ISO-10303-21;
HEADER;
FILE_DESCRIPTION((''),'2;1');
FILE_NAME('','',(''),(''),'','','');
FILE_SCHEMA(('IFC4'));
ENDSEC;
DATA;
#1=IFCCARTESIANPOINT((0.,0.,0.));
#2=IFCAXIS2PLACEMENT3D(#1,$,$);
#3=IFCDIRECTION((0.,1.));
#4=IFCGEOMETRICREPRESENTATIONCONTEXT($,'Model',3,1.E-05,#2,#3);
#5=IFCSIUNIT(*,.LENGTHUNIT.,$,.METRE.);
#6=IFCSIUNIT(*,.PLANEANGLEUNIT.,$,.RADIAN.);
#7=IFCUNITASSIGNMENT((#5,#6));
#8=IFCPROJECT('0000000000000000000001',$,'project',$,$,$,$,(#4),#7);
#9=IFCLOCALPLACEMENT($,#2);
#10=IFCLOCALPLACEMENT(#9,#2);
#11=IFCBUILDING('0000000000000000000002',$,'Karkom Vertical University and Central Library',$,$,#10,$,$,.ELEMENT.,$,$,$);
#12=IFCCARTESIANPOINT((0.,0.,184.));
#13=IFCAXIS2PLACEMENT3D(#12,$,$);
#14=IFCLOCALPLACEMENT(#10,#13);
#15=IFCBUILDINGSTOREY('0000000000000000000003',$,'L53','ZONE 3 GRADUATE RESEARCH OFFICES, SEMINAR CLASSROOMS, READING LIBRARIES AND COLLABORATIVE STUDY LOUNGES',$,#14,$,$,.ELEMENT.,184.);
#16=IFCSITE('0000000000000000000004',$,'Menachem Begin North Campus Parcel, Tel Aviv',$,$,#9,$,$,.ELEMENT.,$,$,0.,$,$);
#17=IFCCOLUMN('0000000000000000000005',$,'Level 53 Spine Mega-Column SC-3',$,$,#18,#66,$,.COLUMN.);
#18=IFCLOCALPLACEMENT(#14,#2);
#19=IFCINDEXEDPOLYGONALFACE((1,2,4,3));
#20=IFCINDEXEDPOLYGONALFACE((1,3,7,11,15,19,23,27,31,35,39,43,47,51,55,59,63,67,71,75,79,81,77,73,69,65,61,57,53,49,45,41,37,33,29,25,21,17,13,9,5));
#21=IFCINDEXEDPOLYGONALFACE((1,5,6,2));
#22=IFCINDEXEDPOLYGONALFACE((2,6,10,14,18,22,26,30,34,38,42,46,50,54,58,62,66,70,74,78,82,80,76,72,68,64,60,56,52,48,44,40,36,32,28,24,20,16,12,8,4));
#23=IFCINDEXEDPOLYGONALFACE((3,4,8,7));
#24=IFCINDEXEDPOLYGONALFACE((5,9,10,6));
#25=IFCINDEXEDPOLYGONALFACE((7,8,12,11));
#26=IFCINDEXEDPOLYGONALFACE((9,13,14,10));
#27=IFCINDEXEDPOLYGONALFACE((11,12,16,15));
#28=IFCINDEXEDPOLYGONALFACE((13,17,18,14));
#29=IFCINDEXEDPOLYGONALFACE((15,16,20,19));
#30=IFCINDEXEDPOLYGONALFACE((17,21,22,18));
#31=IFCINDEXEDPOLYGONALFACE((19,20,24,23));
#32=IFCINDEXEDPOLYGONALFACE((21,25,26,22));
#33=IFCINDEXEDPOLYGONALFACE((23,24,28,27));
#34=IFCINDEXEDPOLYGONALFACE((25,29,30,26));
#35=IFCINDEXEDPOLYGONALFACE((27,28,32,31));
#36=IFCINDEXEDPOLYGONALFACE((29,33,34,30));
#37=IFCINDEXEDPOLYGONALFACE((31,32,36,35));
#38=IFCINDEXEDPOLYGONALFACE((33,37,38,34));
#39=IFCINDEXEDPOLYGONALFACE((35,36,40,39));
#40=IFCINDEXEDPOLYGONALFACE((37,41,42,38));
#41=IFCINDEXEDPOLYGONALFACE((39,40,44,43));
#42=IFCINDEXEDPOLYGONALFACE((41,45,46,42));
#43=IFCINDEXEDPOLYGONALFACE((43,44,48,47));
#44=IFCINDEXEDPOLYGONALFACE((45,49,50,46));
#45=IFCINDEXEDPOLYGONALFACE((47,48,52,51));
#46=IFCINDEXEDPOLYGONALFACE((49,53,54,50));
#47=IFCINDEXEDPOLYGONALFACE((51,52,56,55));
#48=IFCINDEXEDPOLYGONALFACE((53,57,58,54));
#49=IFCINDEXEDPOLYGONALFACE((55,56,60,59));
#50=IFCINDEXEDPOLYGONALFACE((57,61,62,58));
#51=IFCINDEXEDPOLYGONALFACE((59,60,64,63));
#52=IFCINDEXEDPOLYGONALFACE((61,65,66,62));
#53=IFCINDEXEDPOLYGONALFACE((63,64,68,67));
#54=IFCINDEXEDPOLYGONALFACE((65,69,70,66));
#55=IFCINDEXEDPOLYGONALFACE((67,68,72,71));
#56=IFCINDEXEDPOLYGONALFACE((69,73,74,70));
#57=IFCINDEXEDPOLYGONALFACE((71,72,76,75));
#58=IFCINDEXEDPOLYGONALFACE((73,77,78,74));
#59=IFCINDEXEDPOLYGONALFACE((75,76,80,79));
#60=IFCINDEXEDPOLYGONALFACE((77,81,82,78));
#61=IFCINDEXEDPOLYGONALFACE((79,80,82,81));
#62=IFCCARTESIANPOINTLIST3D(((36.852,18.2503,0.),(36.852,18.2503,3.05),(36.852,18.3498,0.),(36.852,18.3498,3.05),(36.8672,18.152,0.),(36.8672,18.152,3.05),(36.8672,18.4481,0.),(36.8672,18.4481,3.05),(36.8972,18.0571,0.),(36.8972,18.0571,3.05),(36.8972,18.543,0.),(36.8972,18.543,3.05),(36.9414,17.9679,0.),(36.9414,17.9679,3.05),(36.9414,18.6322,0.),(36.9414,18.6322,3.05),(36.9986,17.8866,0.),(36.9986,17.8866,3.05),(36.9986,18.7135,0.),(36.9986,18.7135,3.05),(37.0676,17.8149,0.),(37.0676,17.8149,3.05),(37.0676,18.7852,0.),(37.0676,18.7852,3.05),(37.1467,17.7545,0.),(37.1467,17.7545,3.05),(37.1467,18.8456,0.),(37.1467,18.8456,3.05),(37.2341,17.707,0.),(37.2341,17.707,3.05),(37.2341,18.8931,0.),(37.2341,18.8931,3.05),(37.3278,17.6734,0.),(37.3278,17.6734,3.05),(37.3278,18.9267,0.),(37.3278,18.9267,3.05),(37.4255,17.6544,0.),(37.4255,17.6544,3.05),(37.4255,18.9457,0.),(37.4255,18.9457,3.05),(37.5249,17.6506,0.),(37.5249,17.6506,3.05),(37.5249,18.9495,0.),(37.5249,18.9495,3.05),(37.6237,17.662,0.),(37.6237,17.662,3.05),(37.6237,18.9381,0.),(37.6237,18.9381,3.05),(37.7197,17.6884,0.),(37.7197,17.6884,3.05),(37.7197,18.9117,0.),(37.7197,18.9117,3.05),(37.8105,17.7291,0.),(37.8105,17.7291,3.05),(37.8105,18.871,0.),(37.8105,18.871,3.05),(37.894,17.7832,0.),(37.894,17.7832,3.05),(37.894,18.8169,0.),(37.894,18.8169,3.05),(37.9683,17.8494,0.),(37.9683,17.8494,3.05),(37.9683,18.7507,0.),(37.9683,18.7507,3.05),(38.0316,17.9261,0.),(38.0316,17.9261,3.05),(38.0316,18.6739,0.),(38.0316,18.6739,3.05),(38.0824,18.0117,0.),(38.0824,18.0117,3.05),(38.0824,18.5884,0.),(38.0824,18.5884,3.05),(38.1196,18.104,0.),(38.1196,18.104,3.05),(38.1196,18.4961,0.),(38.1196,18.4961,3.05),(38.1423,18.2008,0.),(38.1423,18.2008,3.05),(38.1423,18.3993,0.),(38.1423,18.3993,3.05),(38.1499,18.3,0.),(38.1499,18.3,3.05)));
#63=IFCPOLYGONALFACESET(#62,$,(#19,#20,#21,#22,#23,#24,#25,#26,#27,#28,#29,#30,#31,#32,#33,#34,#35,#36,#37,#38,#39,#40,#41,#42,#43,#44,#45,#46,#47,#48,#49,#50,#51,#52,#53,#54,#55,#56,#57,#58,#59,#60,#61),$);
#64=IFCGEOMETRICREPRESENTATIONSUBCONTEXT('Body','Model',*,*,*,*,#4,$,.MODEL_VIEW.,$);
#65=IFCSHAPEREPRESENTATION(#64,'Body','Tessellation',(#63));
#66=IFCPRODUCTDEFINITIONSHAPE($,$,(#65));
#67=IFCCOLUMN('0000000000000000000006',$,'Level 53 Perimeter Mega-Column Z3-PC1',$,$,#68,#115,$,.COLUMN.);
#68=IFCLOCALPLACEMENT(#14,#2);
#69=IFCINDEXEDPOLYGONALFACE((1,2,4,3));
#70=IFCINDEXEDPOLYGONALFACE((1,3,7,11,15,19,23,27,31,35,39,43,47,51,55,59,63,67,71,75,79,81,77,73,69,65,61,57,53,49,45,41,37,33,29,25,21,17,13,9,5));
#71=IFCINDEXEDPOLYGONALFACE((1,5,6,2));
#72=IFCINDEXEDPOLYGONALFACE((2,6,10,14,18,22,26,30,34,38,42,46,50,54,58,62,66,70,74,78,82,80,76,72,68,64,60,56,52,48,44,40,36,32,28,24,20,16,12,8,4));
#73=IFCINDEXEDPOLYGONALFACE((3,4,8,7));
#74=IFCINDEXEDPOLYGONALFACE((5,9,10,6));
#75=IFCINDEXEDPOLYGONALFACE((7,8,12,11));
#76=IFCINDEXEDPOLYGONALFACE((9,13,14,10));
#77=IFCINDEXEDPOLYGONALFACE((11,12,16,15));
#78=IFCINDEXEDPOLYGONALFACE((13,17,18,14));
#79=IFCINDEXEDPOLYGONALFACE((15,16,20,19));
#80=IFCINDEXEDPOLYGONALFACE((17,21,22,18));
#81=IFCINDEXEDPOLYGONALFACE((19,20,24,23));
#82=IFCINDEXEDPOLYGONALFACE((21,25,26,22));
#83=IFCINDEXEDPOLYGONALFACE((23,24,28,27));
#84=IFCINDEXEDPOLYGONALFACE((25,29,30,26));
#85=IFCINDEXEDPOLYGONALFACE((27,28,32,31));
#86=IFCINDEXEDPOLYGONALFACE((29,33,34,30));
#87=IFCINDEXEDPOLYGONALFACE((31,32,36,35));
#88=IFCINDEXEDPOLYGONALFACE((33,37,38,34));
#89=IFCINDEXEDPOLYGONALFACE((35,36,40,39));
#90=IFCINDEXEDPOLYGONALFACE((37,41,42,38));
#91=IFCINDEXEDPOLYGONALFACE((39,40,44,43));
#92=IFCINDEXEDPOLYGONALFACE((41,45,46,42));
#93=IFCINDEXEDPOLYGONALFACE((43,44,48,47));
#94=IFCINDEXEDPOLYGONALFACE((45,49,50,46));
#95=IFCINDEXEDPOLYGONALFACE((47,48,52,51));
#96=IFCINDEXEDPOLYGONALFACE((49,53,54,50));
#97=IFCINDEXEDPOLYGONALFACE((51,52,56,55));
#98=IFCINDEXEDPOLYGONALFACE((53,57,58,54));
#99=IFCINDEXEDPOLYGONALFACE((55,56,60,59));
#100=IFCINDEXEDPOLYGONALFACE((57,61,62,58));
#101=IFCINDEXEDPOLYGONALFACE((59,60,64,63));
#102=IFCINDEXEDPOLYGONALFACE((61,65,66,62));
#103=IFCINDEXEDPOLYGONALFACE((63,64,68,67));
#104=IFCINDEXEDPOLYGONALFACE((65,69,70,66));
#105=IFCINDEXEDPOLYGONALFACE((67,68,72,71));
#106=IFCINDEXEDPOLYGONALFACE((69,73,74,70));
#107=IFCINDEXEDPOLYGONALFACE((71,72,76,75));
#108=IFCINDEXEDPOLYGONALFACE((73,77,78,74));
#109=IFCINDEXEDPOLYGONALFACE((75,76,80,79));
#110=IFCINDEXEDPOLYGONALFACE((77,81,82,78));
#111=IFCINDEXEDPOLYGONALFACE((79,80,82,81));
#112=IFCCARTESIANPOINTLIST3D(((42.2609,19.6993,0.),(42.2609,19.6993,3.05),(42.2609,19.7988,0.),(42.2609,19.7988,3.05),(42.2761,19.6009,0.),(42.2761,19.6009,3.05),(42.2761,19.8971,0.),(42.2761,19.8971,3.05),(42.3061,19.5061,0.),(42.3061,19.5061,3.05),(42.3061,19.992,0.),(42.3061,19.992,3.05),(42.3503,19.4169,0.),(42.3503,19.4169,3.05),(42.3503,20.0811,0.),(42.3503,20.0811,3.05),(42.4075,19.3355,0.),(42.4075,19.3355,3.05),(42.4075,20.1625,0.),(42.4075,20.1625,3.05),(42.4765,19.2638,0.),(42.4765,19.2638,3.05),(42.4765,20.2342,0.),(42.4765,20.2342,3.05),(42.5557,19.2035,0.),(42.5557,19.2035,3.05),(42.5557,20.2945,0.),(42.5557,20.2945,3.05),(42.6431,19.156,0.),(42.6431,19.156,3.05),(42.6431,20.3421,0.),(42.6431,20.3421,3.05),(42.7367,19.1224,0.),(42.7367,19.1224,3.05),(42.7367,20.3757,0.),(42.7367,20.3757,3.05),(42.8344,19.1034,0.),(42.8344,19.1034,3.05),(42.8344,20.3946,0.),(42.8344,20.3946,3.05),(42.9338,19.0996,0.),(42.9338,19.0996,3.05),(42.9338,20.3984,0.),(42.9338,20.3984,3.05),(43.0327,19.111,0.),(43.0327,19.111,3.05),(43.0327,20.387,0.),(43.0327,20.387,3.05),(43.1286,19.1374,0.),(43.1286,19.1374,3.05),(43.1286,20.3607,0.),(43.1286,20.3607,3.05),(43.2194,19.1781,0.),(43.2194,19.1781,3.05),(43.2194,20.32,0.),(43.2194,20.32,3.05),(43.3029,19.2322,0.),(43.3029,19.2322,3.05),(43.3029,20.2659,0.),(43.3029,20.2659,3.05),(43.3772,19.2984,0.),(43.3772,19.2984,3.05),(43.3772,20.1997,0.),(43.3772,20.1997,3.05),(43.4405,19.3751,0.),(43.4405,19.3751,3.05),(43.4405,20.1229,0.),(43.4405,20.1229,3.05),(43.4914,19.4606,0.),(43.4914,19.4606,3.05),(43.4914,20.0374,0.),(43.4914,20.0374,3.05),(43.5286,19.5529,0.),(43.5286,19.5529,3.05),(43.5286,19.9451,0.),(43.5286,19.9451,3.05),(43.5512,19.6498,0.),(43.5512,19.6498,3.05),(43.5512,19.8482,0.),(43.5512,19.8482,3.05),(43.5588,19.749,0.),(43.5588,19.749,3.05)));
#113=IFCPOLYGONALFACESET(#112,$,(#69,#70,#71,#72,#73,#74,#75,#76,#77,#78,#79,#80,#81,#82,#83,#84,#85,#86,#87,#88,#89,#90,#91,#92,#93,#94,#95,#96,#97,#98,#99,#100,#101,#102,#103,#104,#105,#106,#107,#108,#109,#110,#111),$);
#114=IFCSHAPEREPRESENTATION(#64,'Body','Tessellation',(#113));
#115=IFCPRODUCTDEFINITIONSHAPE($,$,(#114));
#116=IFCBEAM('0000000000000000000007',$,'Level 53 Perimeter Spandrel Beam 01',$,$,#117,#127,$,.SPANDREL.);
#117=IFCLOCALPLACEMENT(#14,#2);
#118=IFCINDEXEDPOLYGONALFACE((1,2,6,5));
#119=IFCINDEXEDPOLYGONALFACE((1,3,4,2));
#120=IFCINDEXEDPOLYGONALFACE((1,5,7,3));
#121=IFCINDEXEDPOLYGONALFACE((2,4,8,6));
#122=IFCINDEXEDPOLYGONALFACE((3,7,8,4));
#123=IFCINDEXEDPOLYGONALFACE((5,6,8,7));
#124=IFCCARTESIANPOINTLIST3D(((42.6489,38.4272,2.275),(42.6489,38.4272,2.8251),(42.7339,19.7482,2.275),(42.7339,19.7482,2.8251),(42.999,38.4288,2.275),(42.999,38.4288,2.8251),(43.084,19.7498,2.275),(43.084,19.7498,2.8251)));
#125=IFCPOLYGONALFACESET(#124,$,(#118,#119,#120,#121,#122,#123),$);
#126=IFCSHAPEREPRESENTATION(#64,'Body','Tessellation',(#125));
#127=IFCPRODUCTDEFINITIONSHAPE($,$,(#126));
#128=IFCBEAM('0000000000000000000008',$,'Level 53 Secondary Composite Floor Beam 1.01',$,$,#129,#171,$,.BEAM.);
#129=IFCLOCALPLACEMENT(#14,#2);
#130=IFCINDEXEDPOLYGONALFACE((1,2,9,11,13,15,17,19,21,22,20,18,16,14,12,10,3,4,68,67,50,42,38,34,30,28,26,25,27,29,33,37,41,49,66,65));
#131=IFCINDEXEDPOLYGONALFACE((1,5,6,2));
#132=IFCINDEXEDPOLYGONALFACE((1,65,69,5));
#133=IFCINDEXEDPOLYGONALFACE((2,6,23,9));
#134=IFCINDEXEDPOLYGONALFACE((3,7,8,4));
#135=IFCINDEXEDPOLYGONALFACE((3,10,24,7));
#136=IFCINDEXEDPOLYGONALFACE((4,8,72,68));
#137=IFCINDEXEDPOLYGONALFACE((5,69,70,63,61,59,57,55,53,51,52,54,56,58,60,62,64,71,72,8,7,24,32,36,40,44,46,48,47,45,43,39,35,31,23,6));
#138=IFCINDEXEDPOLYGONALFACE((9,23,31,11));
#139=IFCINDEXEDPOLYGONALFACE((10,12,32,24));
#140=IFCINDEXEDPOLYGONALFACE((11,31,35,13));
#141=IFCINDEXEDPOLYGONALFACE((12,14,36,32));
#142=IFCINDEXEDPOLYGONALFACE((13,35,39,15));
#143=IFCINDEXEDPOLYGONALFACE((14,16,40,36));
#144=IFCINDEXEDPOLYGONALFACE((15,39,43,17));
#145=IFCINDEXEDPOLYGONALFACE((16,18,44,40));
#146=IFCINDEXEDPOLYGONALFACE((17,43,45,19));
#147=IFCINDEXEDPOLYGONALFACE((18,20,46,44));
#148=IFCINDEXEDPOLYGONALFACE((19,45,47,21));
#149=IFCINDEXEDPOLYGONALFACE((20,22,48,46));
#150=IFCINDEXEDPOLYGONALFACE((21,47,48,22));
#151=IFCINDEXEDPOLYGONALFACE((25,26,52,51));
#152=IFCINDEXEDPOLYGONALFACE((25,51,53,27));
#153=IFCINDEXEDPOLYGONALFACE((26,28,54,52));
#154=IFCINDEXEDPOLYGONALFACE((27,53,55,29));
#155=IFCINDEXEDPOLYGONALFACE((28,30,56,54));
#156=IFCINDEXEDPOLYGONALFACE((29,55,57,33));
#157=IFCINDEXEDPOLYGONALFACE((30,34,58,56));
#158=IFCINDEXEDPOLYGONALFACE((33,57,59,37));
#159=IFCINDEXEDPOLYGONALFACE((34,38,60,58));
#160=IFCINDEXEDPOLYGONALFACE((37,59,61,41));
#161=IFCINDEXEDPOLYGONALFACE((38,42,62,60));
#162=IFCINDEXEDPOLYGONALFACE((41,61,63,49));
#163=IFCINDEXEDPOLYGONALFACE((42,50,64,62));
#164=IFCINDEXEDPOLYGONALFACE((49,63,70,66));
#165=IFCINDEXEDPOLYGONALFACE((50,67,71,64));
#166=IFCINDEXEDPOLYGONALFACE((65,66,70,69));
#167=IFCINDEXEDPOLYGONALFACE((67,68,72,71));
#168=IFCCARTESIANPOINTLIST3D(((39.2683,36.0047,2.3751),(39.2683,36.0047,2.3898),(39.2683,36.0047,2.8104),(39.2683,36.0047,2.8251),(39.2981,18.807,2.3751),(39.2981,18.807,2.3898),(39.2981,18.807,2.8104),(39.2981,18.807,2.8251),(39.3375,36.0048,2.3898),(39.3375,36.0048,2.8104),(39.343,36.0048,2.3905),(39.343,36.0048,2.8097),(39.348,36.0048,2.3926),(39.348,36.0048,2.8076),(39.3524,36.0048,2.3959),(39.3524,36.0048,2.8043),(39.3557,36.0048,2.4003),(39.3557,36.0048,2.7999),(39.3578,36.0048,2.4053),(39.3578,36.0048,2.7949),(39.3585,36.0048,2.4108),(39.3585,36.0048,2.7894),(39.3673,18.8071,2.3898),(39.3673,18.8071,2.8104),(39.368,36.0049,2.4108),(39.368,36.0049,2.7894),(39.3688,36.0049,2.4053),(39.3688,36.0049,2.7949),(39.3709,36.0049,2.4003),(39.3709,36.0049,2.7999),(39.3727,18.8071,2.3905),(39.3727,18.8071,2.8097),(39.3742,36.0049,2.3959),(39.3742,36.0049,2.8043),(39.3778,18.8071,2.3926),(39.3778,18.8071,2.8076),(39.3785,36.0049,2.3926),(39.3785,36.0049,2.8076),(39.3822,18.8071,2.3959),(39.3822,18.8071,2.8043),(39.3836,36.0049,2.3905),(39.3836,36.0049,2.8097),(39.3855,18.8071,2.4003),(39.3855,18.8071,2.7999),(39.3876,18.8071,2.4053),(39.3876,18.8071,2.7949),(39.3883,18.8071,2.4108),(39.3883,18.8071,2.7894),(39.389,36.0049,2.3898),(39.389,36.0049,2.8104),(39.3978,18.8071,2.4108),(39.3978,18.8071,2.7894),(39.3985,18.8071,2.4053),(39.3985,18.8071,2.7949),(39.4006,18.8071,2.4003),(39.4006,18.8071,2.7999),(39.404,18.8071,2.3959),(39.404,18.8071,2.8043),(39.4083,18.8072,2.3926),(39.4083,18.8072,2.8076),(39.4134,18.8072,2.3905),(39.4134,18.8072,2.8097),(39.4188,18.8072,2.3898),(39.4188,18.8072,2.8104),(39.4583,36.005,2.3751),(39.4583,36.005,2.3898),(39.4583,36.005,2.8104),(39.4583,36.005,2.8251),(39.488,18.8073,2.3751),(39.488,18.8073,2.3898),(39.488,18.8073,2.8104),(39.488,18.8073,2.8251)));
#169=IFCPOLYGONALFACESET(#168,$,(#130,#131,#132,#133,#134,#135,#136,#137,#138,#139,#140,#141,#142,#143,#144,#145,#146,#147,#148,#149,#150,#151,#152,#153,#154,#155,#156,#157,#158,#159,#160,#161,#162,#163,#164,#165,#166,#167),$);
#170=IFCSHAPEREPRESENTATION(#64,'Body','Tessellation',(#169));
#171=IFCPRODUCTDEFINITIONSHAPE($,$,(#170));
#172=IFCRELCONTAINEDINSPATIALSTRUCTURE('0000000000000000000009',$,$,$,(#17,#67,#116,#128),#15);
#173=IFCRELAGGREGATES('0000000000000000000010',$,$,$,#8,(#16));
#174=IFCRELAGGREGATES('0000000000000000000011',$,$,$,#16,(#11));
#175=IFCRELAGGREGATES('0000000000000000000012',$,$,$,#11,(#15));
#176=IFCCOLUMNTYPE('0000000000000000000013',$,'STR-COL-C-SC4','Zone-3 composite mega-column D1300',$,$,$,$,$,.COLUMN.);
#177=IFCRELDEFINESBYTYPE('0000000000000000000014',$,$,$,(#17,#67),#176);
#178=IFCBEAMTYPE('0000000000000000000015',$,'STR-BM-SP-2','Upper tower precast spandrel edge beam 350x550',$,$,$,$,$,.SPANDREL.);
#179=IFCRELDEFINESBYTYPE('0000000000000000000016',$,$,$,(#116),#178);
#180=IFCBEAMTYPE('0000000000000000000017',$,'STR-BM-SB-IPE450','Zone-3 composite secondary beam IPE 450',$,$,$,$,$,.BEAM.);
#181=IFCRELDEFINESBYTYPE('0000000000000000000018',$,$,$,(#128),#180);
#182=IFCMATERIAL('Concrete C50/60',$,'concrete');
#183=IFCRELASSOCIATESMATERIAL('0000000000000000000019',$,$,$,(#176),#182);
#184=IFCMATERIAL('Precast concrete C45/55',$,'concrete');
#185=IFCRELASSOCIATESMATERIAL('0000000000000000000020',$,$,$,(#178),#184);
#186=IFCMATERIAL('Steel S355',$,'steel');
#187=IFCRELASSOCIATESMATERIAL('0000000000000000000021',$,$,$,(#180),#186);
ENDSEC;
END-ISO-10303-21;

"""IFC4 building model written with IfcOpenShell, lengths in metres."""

from ifc_helpers import new_model, si_unit, direction, frame, origin, origin_with_axes, origin_2d, place, context, subcontext, project, spatial, rectangle, circle, i_section, extrude, source, transform, mapped, material, material_profile, profile_set, type_object, element, save


model = new_model("IFC4")

# Units and contexts
model_context = context("Model", 3, precision=1e-05, world=origin(), true_north=direction((0.0, 1.0)))
body_context = subcontext(model_context, "Body", "Model", "MODEL_VIEW")
ifc_project = project(units=[si_unit("LENGTHUNIT", "METRE"), si_unit("PLANEANGLEUNIT", "RADIAN")], contexts=[model_context])

# Site, building, storey
site_placement = place(None, origin())
site = spatial("IfcSite", under=ifc_project, at=site_placement, Name="Menachem Begin North Campus Parcel, Tel Aviv", CompositionType="ELEMENT", RefElevation=0.0)
building_placement = place(site_placement, origin())
building = spatial("IfcBuilding", under=site, at=building_placement, Name="Karkom Vertical University and Central Library", CompositionType="ELEMENT")
storey_placement = place(building_placement, frame((0.0, 0.0, 184.0)))
storey = spatial("IfcBuildingStorey", under=building, at=storey_placement, Name="L53", Description="ZONE 3 GRADUATE RESEARCH OFFICES, SEMINAR CLASSROOMS, READING LIBRARIES AND COLLABORATIVE STUDY LOUNGES", CompositionType="ELEMENT", Elevation=184.0)

# Columns
ifc_material_1 = material(Name="Concrete C50/60", Category="concrete")
ifc_material_profile_1 = material_profile(ifc_material_1, circle(Radius=0.6499, at=origin_2d()), Name="CFT-D1300")
ifc_profile_set_1 = profile_set([ifc_material_profile_1], Name="Concrete C50/60")
column_type = type_object("IfcColumnType", Name="STR-COL-C-SC4", Description="Zone-3 composite mega-column D1300", PredefinedType="COLUMN", material=ifc_profile_set_1)
shared_shape_1 = source(origin_with_axes(), body_context, "Body", "SweptSolid", [
    extrude(circle(Radius=0.6499, at=origin_2d()), origin(), (0.0, 0.0, 1.0), 3.05),
])
for number, where, z_axis, x_axis, name in (
    (1, (37.5, 18.3, 0.0), (0.0, 0.0, 1.0), (1.0, 0.0, 0.0), "Level 53 Spine Mega-Column SC-3"),
    (2, (42.9089, 19.749, 0.0), (0.0, 0.0, 1.0), (1.0, 0.0, 0.0), "Level 53 Perimeter Mega-Column Z3-PC1"),
):
    element("IfcColumn", number, at=place(storey_placement, frame(where, z_axis=z_axis, x_axis=x_axis)), inside=storey, type_object=column_type, Name=name, PredefinedType="COLUMN", context=body_context, shape_type="MappedRepresentation", body=[
        mapped(shared_shape_1, transform((0.0, 0.0, 0.0), scale=1.0)),
    ])

# Beams
ifc_material_2 = material(Name="Precast concrete C45/55", Category="concrete")
ifc_material_profile_2 = material_profile(ifc_material_2, rectangle(XDim=0.3501, YDim=0.55, at=origin_2d()), Name="SPB-350x550")
ifc_profile_set_2 = profile_set([ifc_material_profile_2], Name="Precast concrete C45/55")
beam_type_1 = type_object("IfcBeamType", Name="STR-BM-SP-2", Description="Upper tower precast spandrel edge beam 350x550", PredefinedType="SPANDREL", material=ifc_profile_set_2)
shared_shape_2 = source(origin_with_axes(), body_context, "Body", "SweptSolid", [
    extrude(rectangle(XDim=0.3501, YDim=0.55, at=origin_2d()), origin(), (0.0, 0.0, 1.0), 18.6792),
])
beam_1_placement = place(storey_placement, frame((42.9089, 19.749, 2.55), z_axis=(-0.004548, 0.99999, 0.0), x_axis=(-0.99999, -0.004548, 0.0)))
element("IfcBeam", 3, at=beam_1_placement, inside=storey, type_object=beam_type_1, Name="Level 53 Perimeter Spandrel Beam 01", PredefinedType="SPANDREL", context=body_context, shape_type="MappedRepresentation", body=[
    mapped(shared_shape_2, transform((0.0, 0.0, 0.0), scale=1.0)),
])
ifc_material_3 = material(Name="Steel S355", Category="steel")
ifc_material_profile_3 = material_profile(ifc_material_3, i_section(OverallWidth=0.1899, OverallDepth=0.45, WebThickness=0.0095, FlangeThickness=0.0146, FilletRadius=0.021, at=origin_2d()), Name="IPE 450")
ifc_profile_set_3 = profile_set([ifc_material_profile_3], Name="Steel S355")
beam_type_2 = type_object("IfcBeamType", Name="STR-BM-SB-IPE450", Description="Zone-3 composite secondary beam IPE 450", PredefinedType="BEAM", material=ifc_profile_set_3)
shared_shape_3 = source(origin_with_axes(), body_context, "Body", "SweptSolid", [
    extrude(i_section(OverallWidth=0.1899, OverallDepth=0.45, WebThickness=0.0095, FlangeThickness=0.0146, FilletRadius=0.021, at=origin_2d()), origin(), (0.0, 0.0, 1.0), 17.1978),
])
beam_2_placement = place(storey_placement, frame((39.3931, 18.8071, 2.6001), z_axis=(-0.001732, 0.999999, 0.0), x_axis=(-0.999999, -0.001732, 0.0)))
element("IfcBeam", 4, at=beam_2_placement, inside=storey, type_object=beam_type_2, Name="Level 53 Secondary Composite Floor Beam 1.01", PredefinedType="BEAM", context=body_context, shape_type="MappedRepresentation", body=[
    mapped(shared_shape_3, transform((0.0, 0.0, 0.0), scale=1.0)),
])

save(model, "model.ifc")
